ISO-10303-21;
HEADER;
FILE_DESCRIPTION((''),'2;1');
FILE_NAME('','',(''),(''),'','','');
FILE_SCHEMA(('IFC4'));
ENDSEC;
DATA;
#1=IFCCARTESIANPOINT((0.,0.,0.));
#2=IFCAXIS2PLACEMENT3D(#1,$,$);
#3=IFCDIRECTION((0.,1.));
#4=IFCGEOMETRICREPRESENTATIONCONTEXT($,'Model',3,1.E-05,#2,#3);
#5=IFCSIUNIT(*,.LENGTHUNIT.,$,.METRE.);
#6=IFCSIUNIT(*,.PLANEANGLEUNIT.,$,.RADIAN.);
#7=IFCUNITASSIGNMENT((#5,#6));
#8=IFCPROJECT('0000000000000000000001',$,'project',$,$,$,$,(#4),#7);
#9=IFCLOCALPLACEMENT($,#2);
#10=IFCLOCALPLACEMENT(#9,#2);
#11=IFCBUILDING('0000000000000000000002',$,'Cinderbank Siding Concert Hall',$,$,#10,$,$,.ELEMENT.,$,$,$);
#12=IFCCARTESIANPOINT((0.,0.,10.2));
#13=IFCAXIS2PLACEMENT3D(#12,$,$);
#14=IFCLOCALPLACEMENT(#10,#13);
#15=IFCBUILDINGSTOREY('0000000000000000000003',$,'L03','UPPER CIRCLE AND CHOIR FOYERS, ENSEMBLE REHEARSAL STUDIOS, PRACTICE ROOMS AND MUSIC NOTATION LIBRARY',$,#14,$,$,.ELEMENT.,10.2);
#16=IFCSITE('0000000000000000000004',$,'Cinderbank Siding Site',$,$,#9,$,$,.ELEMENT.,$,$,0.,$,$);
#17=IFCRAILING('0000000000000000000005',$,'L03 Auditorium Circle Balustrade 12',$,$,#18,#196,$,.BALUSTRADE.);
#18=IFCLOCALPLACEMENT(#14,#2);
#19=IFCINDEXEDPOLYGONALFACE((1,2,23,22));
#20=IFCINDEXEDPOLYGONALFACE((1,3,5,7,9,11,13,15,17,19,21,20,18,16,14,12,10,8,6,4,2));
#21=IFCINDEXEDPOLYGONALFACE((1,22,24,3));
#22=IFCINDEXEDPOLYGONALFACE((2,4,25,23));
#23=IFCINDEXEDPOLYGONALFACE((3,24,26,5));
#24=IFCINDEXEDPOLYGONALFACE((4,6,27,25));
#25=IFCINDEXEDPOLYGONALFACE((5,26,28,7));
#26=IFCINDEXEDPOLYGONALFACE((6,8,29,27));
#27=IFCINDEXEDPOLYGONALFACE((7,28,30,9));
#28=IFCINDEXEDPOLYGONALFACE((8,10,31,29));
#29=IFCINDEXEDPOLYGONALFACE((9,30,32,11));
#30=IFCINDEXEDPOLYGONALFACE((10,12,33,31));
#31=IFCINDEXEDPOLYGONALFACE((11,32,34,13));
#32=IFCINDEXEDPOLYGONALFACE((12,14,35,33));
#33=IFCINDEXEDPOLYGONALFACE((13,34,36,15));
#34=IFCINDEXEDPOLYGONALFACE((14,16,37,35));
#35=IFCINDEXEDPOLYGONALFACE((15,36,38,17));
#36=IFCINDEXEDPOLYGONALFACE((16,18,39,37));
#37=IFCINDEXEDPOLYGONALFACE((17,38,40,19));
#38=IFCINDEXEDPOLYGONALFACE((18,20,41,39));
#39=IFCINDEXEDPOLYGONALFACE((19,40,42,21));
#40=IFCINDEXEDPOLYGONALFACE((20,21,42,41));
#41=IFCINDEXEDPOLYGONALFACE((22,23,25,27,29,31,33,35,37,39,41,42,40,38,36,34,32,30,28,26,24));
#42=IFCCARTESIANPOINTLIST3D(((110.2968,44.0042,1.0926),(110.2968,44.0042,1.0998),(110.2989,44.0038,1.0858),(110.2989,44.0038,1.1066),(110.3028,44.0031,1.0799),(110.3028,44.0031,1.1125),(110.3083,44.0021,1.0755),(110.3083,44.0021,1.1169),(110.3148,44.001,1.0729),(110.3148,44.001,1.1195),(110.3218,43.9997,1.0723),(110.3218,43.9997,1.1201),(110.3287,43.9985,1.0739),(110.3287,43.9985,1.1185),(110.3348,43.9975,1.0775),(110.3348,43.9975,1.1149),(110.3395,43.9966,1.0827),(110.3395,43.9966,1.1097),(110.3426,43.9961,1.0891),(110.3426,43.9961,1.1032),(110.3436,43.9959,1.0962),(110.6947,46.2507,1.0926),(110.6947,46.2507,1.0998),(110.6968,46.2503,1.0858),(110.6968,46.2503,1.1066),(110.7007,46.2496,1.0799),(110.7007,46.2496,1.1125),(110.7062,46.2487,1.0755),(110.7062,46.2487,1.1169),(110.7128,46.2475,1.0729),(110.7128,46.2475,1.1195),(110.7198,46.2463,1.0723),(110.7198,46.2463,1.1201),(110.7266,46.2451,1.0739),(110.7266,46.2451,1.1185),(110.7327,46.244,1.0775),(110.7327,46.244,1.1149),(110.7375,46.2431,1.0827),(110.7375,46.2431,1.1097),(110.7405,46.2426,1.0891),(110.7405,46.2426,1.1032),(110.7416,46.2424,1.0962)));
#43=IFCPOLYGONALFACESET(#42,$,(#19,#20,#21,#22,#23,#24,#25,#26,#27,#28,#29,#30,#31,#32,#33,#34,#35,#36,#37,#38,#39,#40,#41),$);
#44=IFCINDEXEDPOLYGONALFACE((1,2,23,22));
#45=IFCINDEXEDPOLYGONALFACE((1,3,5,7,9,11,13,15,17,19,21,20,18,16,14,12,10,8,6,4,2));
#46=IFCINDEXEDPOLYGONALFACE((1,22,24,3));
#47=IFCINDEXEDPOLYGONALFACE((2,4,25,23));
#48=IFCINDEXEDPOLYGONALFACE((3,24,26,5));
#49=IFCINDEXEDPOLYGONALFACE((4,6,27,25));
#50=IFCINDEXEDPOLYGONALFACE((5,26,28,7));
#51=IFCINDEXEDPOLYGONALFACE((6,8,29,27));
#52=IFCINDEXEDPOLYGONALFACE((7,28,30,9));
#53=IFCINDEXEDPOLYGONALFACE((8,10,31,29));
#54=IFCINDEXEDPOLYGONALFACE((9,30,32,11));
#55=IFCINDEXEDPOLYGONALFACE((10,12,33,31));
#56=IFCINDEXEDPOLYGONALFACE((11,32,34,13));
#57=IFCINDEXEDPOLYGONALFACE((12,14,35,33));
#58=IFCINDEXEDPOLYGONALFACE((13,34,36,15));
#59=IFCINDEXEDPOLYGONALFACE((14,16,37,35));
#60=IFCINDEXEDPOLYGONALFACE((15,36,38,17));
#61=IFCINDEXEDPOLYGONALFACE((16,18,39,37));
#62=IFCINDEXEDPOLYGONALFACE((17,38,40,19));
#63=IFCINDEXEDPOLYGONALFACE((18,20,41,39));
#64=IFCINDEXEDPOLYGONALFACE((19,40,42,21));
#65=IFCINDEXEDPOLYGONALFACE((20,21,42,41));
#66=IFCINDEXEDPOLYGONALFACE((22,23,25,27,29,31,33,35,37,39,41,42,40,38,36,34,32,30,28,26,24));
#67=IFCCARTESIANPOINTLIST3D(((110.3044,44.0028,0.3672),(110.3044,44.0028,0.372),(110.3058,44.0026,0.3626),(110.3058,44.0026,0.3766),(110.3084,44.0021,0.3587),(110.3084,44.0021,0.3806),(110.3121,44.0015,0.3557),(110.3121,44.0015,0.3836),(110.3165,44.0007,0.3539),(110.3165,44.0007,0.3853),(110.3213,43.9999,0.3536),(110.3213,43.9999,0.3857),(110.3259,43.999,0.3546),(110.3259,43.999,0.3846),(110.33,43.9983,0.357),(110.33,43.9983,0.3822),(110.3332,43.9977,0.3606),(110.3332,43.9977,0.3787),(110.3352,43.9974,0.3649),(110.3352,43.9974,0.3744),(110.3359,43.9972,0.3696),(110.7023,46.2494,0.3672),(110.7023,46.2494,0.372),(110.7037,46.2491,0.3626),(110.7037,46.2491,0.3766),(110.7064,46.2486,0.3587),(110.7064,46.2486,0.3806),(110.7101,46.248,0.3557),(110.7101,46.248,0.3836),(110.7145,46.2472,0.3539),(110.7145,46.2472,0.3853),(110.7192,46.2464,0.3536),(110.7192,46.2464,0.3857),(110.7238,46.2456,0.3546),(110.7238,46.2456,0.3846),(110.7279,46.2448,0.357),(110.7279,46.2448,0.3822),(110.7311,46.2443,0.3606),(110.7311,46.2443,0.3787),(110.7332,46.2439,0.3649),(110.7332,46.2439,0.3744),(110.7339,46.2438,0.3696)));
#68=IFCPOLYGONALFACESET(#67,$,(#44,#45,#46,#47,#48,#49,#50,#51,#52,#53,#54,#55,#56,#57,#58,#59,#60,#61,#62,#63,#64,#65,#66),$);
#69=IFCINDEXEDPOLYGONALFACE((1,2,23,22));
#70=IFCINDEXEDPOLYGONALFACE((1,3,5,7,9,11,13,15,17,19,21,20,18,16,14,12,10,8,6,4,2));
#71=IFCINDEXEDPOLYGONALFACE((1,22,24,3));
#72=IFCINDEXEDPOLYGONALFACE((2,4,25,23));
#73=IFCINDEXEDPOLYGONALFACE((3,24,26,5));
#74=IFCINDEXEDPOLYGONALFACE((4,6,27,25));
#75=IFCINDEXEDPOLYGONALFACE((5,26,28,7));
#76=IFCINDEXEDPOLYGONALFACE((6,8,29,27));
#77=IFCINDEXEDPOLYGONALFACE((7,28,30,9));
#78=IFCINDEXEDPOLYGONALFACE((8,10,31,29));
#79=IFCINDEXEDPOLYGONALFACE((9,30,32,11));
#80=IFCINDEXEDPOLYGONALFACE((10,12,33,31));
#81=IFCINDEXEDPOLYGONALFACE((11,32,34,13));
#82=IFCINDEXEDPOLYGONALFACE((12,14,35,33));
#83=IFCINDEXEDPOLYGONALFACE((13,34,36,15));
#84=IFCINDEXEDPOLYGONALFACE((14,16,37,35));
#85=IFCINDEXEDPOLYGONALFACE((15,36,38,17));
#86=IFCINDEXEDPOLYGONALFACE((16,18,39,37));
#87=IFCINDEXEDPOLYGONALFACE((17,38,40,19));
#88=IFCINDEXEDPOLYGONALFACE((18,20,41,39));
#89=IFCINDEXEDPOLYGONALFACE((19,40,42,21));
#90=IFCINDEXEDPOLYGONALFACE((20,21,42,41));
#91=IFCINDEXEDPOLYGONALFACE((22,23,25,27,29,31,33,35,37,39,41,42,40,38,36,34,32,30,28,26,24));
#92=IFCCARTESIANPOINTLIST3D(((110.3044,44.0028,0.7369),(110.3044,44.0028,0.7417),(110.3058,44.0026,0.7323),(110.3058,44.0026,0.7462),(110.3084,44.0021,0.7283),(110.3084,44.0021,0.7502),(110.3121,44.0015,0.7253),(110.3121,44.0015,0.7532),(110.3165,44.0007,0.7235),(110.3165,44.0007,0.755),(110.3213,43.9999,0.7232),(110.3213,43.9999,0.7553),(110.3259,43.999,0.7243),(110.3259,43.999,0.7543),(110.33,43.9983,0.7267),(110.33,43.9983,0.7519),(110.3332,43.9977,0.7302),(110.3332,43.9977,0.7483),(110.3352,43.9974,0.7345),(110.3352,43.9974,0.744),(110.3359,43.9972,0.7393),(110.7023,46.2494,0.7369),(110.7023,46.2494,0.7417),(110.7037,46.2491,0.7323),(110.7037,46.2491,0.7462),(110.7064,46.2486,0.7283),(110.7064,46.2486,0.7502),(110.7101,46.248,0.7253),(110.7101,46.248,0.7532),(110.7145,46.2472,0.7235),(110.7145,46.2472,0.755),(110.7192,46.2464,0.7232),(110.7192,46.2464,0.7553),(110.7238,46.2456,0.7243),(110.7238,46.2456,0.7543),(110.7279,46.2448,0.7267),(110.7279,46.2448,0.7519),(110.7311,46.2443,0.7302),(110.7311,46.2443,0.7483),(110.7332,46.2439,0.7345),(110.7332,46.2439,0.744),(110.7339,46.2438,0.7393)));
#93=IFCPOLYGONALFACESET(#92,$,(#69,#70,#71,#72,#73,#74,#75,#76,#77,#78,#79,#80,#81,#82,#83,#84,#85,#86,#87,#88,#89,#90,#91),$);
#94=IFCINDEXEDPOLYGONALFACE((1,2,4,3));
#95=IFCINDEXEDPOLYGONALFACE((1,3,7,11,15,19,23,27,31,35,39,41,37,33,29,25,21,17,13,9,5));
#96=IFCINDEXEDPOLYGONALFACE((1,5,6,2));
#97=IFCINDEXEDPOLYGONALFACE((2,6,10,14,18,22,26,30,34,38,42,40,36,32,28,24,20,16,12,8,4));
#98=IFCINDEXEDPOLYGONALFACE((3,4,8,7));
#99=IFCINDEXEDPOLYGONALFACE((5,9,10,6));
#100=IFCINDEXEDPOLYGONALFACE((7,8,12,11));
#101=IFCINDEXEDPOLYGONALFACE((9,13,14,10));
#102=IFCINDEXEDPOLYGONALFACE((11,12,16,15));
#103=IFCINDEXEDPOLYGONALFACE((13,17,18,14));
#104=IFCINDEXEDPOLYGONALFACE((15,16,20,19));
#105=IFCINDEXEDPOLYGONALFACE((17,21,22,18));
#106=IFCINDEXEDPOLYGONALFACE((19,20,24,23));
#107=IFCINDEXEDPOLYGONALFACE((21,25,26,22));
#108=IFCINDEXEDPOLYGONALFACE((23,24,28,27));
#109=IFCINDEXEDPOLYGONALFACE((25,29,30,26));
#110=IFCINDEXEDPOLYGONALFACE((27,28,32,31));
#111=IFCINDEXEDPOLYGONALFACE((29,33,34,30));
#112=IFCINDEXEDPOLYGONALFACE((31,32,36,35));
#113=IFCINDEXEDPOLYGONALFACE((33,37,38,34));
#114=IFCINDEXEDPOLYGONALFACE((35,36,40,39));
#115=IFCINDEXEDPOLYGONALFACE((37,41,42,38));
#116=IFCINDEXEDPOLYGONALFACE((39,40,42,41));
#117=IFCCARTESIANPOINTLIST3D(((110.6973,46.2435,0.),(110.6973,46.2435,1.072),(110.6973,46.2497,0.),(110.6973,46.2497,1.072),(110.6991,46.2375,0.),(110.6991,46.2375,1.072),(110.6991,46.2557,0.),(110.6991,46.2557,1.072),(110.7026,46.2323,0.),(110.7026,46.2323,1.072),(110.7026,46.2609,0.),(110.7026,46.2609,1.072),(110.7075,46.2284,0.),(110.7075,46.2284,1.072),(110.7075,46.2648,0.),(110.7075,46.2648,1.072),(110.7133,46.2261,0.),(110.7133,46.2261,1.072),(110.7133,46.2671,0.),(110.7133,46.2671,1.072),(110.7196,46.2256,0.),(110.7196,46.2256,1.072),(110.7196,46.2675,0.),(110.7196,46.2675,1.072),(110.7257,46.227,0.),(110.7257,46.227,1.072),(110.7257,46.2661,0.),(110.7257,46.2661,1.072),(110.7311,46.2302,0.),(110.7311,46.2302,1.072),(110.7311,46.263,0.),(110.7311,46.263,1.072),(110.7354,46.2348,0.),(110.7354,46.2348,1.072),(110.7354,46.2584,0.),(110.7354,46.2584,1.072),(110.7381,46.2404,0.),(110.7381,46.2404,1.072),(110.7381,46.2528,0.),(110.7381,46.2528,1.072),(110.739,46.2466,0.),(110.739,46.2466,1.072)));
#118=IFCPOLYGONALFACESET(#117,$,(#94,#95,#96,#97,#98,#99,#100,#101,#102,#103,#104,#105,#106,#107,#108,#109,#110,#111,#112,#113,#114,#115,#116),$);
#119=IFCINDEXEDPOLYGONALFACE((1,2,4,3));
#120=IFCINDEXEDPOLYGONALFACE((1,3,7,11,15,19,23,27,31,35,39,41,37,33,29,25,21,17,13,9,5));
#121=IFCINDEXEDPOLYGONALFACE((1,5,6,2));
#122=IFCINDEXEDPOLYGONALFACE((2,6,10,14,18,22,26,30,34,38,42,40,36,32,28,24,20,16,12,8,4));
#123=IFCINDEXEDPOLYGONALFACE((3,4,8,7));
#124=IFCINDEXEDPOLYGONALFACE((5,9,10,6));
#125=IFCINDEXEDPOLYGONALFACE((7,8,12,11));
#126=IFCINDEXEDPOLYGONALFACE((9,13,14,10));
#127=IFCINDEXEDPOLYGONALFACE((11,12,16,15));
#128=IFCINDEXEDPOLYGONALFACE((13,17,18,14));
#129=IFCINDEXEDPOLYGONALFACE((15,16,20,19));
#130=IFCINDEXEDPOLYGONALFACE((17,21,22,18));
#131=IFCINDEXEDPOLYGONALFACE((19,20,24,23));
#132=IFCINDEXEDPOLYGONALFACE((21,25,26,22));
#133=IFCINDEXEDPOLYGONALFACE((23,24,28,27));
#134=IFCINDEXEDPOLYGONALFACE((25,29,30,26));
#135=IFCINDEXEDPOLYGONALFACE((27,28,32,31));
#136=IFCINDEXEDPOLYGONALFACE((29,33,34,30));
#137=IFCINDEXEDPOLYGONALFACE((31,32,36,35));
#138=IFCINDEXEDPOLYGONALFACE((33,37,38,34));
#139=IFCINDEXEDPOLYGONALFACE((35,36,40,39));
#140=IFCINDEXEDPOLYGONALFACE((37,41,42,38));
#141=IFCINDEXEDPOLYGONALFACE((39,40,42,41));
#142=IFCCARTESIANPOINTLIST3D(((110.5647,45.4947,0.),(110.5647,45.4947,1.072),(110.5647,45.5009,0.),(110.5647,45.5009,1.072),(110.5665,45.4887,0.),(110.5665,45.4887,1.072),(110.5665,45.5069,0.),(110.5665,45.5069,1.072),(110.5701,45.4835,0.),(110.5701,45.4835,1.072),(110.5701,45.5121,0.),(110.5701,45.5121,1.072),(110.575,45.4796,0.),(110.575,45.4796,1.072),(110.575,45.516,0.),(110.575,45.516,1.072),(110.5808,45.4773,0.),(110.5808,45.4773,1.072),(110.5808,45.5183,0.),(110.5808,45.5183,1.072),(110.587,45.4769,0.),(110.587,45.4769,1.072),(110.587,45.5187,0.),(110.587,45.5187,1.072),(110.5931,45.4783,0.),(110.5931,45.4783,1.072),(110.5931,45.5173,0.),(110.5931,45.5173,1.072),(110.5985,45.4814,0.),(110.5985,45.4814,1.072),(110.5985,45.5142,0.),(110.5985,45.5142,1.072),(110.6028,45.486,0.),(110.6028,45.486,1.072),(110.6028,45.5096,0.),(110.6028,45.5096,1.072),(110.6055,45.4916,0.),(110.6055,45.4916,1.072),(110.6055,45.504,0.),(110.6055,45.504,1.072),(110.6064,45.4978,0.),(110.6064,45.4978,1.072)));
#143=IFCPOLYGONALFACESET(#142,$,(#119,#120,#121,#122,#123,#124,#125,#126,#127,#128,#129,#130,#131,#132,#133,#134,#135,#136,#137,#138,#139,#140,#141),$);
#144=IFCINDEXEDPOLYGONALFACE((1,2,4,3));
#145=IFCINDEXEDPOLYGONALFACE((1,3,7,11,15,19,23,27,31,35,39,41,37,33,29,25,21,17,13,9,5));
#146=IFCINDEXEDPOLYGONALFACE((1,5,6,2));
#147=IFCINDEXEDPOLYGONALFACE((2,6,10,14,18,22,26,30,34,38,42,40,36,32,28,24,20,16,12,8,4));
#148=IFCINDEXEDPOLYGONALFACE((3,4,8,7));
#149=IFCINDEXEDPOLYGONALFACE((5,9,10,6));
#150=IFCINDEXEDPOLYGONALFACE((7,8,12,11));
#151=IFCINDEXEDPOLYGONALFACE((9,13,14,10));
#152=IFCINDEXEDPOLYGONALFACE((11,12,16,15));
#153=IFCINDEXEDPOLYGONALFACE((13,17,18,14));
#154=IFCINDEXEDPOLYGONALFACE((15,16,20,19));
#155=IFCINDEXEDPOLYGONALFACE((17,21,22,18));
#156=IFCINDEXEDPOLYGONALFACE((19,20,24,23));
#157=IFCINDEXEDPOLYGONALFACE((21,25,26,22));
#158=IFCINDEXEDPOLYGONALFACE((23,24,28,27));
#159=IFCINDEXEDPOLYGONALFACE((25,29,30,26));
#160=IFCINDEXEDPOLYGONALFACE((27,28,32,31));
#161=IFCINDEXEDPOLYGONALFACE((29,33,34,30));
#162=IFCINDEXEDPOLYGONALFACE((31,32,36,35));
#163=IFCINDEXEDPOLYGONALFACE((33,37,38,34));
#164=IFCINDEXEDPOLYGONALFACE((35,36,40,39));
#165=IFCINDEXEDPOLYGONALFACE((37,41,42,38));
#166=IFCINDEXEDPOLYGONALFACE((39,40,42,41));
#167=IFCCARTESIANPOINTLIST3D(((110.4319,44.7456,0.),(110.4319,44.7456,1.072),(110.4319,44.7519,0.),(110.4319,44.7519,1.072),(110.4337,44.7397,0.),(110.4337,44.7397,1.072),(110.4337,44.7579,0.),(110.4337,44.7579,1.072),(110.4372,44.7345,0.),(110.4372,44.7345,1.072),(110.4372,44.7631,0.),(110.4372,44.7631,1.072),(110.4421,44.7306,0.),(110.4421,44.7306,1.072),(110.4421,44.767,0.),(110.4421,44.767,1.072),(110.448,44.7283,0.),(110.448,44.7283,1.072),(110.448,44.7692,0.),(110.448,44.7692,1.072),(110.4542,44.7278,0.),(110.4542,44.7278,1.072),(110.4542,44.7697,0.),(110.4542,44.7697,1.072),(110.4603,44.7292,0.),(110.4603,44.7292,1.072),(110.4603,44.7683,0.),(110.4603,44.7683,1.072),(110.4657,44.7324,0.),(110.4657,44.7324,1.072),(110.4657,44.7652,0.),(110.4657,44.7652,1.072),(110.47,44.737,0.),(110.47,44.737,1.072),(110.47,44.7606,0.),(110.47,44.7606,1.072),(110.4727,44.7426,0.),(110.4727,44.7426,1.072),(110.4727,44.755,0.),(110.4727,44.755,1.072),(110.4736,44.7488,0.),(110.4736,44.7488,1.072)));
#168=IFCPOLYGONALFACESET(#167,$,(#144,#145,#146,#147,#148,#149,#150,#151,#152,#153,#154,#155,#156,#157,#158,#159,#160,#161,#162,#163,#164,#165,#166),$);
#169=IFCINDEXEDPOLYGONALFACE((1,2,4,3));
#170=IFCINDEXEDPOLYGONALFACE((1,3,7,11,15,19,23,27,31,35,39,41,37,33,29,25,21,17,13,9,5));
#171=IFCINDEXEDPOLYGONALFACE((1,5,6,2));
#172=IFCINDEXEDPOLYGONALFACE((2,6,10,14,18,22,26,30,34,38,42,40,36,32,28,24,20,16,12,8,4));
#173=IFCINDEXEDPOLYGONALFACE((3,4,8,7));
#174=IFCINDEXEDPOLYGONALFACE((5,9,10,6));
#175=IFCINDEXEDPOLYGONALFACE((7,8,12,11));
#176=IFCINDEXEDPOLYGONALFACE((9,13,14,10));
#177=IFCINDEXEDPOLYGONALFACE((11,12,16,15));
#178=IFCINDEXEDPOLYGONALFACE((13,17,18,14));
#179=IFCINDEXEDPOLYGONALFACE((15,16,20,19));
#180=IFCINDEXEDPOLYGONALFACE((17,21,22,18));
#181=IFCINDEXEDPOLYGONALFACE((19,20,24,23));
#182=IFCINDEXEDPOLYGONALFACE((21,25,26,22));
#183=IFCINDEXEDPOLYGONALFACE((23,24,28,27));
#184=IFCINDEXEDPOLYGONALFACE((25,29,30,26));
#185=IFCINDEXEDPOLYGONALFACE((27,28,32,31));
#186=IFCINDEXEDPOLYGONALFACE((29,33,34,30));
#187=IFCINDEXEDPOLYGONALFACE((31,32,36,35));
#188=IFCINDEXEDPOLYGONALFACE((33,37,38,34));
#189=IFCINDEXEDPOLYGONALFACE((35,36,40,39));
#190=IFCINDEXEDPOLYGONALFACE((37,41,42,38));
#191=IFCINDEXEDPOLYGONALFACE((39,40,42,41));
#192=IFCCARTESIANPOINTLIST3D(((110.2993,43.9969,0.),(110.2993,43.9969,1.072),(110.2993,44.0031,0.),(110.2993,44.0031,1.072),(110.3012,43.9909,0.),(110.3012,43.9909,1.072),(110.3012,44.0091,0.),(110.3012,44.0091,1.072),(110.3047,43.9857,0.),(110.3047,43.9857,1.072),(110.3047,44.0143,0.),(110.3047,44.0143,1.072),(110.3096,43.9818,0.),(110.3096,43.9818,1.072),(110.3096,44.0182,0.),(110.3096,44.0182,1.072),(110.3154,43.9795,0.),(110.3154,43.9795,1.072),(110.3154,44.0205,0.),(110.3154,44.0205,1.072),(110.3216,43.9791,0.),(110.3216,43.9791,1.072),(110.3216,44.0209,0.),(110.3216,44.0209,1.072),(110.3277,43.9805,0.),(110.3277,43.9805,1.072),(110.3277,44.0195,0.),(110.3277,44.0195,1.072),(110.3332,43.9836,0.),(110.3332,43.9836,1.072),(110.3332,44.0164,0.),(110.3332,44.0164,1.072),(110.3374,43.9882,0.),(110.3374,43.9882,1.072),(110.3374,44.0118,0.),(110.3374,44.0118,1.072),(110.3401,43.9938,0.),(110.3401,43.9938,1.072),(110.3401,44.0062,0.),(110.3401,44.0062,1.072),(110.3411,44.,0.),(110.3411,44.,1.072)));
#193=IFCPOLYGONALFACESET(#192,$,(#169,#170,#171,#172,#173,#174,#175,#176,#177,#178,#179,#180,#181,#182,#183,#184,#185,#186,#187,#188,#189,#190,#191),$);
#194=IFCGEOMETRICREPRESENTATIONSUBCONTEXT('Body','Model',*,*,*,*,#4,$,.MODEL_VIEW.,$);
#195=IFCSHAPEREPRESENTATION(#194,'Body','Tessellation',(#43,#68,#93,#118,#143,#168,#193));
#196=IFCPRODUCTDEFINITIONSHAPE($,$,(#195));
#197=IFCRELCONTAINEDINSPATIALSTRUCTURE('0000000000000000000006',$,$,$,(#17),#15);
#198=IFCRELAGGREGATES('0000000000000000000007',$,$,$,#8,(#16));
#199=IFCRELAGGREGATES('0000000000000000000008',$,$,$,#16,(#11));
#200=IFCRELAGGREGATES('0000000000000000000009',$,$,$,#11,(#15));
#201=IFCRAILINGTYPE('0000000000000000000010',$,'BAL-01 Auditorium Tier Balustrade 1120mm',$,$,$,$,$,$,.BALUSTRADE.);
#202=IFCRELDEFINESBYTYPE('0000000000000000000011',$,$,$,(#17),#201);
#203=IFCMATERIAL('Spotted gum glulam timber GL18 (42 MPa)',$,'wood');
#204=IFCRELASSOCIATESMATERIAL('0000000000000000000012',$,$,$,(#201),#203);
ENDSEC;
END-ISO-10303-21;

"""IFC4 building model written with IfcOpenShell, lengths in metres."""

from ifc_helpers import new_model, si_unit, direction, frame, origin, origin_2d, place, context, subcontext, project, spatial, circle, extrude, material, type_object, element, save


model = new_model("IFC4")

# Units and contexts
model_context = context("Model", 3, precision=1e-05, world=origin(), true_north=direction((0.0, 1.0)))
body_context = subcontext(model_context, "Body", "Model", "MODEL_VIEW")
ifc_project = project(units=[si_unit("LENGTHUNIT", "METRE"), si_unit("PLANEANGLEUNIT", "RADIAN")], contexts=[model_context])

# Site, building, storey
site_placement = place(None, origin())
site = spatial("IfcSite", under=ifc_project, at=site_placement, Name="Cinderbank Siding Site", CompositionType="ELEMENT", RefElevation=0.0)
building_placement = place(site_placement, origin())
building = spatial("IfcBuilding", under=site, at=building_placement, Name="Cinderbank Siding Concert Hall", CompositionType="ELEMENT")
storey_placement = place(building_placement, frame((0.0, 0.0, 10.2)))
storey = spatial("IfcBuildingStorey", under=building, at=storey_placement, Name="L03", Description="UPPER CIRCLE AND CHOIR FOYERS, ENSEMBLE REHEARSAL STUDIOS, PRACTICE ROOMS AND MUSIC NOTATION LIBRARY", CompositionType="ELEMENT", Elevation=10.2)

# Shared definitions
ifc_material_1 = material(Name="Spotted gum glulam timber GL18 (42 MPa)", Category="wood")

# Railing
railing_type = type_object("IfcRailingType", Name="BAL-01 Auditorium Tier Balustrade 1120mm", PredefinedType="BALUSTRADE", material=ifc_material_1)
railing_1_placement = place(storey_placement, frame((110.718, 46.2466, 0.0)))
element("IfcRailing", 1, at=railing_1_placement, inside=storey, type_object=railing_type, Name="L03 Auditorium Circle Balustrade 12", PredefinedType="BALUSTRADE", context=body_context, shape_type="SweptSolid", body=[
    extrude(circle(Radius=0.0239, at=origin_2d()), frame((0.0, 0.0, 1.0962), z_axis=(-0.17442, -0.984671, 0.0), x_axis=(0.984671, -0.17442, 0.0)), (0.0, 0.0, 1.0), 2.2815),
    extrude(circle(Radius=0.0161, at=origin_2d()), frame((0.0, 0.0, 0.3696), z_axis=(-0.17442, -0.984671, 0.0), x_axis=(0.984671, -0.17442, 0.0)), (0.0, 0.0, 1.0), 2.2815),
    extrude(circle(Radius=0.0161, at=origin_2d()), frame((0.0, 0.0, 0.7393), z_axis=(-0.17442, -0.984671, 0.0), x_axis=(0.984671, -0.17442, 0.0)), (0.0, 0.0, 1.0), 2.2815),
    extrude(circle(Radius=0.021, at=origin_2d()), origin(), (0.0, 0.0, 1.0), 1.072),
    extrude(circle(Radius=0.021, at=origin_2d()), frame((-0.1326, -0.7488, 0.0)), (0.0, 0.0, 1.0), 1.072),
    extrude(circle(Radius=0.021, at=origin_2d()), frame((-0.2654, -1.4978, 0.0)), (0.0, 0.0, 1.0), 1.072),
    extrude(circle(Radius=0.021, at=origin_2d()), frame((-0.3979, -2.2466, 0.0)), (0.0, 0.0, 1.0), 1.072),
])

save(model, "model.ifc")
